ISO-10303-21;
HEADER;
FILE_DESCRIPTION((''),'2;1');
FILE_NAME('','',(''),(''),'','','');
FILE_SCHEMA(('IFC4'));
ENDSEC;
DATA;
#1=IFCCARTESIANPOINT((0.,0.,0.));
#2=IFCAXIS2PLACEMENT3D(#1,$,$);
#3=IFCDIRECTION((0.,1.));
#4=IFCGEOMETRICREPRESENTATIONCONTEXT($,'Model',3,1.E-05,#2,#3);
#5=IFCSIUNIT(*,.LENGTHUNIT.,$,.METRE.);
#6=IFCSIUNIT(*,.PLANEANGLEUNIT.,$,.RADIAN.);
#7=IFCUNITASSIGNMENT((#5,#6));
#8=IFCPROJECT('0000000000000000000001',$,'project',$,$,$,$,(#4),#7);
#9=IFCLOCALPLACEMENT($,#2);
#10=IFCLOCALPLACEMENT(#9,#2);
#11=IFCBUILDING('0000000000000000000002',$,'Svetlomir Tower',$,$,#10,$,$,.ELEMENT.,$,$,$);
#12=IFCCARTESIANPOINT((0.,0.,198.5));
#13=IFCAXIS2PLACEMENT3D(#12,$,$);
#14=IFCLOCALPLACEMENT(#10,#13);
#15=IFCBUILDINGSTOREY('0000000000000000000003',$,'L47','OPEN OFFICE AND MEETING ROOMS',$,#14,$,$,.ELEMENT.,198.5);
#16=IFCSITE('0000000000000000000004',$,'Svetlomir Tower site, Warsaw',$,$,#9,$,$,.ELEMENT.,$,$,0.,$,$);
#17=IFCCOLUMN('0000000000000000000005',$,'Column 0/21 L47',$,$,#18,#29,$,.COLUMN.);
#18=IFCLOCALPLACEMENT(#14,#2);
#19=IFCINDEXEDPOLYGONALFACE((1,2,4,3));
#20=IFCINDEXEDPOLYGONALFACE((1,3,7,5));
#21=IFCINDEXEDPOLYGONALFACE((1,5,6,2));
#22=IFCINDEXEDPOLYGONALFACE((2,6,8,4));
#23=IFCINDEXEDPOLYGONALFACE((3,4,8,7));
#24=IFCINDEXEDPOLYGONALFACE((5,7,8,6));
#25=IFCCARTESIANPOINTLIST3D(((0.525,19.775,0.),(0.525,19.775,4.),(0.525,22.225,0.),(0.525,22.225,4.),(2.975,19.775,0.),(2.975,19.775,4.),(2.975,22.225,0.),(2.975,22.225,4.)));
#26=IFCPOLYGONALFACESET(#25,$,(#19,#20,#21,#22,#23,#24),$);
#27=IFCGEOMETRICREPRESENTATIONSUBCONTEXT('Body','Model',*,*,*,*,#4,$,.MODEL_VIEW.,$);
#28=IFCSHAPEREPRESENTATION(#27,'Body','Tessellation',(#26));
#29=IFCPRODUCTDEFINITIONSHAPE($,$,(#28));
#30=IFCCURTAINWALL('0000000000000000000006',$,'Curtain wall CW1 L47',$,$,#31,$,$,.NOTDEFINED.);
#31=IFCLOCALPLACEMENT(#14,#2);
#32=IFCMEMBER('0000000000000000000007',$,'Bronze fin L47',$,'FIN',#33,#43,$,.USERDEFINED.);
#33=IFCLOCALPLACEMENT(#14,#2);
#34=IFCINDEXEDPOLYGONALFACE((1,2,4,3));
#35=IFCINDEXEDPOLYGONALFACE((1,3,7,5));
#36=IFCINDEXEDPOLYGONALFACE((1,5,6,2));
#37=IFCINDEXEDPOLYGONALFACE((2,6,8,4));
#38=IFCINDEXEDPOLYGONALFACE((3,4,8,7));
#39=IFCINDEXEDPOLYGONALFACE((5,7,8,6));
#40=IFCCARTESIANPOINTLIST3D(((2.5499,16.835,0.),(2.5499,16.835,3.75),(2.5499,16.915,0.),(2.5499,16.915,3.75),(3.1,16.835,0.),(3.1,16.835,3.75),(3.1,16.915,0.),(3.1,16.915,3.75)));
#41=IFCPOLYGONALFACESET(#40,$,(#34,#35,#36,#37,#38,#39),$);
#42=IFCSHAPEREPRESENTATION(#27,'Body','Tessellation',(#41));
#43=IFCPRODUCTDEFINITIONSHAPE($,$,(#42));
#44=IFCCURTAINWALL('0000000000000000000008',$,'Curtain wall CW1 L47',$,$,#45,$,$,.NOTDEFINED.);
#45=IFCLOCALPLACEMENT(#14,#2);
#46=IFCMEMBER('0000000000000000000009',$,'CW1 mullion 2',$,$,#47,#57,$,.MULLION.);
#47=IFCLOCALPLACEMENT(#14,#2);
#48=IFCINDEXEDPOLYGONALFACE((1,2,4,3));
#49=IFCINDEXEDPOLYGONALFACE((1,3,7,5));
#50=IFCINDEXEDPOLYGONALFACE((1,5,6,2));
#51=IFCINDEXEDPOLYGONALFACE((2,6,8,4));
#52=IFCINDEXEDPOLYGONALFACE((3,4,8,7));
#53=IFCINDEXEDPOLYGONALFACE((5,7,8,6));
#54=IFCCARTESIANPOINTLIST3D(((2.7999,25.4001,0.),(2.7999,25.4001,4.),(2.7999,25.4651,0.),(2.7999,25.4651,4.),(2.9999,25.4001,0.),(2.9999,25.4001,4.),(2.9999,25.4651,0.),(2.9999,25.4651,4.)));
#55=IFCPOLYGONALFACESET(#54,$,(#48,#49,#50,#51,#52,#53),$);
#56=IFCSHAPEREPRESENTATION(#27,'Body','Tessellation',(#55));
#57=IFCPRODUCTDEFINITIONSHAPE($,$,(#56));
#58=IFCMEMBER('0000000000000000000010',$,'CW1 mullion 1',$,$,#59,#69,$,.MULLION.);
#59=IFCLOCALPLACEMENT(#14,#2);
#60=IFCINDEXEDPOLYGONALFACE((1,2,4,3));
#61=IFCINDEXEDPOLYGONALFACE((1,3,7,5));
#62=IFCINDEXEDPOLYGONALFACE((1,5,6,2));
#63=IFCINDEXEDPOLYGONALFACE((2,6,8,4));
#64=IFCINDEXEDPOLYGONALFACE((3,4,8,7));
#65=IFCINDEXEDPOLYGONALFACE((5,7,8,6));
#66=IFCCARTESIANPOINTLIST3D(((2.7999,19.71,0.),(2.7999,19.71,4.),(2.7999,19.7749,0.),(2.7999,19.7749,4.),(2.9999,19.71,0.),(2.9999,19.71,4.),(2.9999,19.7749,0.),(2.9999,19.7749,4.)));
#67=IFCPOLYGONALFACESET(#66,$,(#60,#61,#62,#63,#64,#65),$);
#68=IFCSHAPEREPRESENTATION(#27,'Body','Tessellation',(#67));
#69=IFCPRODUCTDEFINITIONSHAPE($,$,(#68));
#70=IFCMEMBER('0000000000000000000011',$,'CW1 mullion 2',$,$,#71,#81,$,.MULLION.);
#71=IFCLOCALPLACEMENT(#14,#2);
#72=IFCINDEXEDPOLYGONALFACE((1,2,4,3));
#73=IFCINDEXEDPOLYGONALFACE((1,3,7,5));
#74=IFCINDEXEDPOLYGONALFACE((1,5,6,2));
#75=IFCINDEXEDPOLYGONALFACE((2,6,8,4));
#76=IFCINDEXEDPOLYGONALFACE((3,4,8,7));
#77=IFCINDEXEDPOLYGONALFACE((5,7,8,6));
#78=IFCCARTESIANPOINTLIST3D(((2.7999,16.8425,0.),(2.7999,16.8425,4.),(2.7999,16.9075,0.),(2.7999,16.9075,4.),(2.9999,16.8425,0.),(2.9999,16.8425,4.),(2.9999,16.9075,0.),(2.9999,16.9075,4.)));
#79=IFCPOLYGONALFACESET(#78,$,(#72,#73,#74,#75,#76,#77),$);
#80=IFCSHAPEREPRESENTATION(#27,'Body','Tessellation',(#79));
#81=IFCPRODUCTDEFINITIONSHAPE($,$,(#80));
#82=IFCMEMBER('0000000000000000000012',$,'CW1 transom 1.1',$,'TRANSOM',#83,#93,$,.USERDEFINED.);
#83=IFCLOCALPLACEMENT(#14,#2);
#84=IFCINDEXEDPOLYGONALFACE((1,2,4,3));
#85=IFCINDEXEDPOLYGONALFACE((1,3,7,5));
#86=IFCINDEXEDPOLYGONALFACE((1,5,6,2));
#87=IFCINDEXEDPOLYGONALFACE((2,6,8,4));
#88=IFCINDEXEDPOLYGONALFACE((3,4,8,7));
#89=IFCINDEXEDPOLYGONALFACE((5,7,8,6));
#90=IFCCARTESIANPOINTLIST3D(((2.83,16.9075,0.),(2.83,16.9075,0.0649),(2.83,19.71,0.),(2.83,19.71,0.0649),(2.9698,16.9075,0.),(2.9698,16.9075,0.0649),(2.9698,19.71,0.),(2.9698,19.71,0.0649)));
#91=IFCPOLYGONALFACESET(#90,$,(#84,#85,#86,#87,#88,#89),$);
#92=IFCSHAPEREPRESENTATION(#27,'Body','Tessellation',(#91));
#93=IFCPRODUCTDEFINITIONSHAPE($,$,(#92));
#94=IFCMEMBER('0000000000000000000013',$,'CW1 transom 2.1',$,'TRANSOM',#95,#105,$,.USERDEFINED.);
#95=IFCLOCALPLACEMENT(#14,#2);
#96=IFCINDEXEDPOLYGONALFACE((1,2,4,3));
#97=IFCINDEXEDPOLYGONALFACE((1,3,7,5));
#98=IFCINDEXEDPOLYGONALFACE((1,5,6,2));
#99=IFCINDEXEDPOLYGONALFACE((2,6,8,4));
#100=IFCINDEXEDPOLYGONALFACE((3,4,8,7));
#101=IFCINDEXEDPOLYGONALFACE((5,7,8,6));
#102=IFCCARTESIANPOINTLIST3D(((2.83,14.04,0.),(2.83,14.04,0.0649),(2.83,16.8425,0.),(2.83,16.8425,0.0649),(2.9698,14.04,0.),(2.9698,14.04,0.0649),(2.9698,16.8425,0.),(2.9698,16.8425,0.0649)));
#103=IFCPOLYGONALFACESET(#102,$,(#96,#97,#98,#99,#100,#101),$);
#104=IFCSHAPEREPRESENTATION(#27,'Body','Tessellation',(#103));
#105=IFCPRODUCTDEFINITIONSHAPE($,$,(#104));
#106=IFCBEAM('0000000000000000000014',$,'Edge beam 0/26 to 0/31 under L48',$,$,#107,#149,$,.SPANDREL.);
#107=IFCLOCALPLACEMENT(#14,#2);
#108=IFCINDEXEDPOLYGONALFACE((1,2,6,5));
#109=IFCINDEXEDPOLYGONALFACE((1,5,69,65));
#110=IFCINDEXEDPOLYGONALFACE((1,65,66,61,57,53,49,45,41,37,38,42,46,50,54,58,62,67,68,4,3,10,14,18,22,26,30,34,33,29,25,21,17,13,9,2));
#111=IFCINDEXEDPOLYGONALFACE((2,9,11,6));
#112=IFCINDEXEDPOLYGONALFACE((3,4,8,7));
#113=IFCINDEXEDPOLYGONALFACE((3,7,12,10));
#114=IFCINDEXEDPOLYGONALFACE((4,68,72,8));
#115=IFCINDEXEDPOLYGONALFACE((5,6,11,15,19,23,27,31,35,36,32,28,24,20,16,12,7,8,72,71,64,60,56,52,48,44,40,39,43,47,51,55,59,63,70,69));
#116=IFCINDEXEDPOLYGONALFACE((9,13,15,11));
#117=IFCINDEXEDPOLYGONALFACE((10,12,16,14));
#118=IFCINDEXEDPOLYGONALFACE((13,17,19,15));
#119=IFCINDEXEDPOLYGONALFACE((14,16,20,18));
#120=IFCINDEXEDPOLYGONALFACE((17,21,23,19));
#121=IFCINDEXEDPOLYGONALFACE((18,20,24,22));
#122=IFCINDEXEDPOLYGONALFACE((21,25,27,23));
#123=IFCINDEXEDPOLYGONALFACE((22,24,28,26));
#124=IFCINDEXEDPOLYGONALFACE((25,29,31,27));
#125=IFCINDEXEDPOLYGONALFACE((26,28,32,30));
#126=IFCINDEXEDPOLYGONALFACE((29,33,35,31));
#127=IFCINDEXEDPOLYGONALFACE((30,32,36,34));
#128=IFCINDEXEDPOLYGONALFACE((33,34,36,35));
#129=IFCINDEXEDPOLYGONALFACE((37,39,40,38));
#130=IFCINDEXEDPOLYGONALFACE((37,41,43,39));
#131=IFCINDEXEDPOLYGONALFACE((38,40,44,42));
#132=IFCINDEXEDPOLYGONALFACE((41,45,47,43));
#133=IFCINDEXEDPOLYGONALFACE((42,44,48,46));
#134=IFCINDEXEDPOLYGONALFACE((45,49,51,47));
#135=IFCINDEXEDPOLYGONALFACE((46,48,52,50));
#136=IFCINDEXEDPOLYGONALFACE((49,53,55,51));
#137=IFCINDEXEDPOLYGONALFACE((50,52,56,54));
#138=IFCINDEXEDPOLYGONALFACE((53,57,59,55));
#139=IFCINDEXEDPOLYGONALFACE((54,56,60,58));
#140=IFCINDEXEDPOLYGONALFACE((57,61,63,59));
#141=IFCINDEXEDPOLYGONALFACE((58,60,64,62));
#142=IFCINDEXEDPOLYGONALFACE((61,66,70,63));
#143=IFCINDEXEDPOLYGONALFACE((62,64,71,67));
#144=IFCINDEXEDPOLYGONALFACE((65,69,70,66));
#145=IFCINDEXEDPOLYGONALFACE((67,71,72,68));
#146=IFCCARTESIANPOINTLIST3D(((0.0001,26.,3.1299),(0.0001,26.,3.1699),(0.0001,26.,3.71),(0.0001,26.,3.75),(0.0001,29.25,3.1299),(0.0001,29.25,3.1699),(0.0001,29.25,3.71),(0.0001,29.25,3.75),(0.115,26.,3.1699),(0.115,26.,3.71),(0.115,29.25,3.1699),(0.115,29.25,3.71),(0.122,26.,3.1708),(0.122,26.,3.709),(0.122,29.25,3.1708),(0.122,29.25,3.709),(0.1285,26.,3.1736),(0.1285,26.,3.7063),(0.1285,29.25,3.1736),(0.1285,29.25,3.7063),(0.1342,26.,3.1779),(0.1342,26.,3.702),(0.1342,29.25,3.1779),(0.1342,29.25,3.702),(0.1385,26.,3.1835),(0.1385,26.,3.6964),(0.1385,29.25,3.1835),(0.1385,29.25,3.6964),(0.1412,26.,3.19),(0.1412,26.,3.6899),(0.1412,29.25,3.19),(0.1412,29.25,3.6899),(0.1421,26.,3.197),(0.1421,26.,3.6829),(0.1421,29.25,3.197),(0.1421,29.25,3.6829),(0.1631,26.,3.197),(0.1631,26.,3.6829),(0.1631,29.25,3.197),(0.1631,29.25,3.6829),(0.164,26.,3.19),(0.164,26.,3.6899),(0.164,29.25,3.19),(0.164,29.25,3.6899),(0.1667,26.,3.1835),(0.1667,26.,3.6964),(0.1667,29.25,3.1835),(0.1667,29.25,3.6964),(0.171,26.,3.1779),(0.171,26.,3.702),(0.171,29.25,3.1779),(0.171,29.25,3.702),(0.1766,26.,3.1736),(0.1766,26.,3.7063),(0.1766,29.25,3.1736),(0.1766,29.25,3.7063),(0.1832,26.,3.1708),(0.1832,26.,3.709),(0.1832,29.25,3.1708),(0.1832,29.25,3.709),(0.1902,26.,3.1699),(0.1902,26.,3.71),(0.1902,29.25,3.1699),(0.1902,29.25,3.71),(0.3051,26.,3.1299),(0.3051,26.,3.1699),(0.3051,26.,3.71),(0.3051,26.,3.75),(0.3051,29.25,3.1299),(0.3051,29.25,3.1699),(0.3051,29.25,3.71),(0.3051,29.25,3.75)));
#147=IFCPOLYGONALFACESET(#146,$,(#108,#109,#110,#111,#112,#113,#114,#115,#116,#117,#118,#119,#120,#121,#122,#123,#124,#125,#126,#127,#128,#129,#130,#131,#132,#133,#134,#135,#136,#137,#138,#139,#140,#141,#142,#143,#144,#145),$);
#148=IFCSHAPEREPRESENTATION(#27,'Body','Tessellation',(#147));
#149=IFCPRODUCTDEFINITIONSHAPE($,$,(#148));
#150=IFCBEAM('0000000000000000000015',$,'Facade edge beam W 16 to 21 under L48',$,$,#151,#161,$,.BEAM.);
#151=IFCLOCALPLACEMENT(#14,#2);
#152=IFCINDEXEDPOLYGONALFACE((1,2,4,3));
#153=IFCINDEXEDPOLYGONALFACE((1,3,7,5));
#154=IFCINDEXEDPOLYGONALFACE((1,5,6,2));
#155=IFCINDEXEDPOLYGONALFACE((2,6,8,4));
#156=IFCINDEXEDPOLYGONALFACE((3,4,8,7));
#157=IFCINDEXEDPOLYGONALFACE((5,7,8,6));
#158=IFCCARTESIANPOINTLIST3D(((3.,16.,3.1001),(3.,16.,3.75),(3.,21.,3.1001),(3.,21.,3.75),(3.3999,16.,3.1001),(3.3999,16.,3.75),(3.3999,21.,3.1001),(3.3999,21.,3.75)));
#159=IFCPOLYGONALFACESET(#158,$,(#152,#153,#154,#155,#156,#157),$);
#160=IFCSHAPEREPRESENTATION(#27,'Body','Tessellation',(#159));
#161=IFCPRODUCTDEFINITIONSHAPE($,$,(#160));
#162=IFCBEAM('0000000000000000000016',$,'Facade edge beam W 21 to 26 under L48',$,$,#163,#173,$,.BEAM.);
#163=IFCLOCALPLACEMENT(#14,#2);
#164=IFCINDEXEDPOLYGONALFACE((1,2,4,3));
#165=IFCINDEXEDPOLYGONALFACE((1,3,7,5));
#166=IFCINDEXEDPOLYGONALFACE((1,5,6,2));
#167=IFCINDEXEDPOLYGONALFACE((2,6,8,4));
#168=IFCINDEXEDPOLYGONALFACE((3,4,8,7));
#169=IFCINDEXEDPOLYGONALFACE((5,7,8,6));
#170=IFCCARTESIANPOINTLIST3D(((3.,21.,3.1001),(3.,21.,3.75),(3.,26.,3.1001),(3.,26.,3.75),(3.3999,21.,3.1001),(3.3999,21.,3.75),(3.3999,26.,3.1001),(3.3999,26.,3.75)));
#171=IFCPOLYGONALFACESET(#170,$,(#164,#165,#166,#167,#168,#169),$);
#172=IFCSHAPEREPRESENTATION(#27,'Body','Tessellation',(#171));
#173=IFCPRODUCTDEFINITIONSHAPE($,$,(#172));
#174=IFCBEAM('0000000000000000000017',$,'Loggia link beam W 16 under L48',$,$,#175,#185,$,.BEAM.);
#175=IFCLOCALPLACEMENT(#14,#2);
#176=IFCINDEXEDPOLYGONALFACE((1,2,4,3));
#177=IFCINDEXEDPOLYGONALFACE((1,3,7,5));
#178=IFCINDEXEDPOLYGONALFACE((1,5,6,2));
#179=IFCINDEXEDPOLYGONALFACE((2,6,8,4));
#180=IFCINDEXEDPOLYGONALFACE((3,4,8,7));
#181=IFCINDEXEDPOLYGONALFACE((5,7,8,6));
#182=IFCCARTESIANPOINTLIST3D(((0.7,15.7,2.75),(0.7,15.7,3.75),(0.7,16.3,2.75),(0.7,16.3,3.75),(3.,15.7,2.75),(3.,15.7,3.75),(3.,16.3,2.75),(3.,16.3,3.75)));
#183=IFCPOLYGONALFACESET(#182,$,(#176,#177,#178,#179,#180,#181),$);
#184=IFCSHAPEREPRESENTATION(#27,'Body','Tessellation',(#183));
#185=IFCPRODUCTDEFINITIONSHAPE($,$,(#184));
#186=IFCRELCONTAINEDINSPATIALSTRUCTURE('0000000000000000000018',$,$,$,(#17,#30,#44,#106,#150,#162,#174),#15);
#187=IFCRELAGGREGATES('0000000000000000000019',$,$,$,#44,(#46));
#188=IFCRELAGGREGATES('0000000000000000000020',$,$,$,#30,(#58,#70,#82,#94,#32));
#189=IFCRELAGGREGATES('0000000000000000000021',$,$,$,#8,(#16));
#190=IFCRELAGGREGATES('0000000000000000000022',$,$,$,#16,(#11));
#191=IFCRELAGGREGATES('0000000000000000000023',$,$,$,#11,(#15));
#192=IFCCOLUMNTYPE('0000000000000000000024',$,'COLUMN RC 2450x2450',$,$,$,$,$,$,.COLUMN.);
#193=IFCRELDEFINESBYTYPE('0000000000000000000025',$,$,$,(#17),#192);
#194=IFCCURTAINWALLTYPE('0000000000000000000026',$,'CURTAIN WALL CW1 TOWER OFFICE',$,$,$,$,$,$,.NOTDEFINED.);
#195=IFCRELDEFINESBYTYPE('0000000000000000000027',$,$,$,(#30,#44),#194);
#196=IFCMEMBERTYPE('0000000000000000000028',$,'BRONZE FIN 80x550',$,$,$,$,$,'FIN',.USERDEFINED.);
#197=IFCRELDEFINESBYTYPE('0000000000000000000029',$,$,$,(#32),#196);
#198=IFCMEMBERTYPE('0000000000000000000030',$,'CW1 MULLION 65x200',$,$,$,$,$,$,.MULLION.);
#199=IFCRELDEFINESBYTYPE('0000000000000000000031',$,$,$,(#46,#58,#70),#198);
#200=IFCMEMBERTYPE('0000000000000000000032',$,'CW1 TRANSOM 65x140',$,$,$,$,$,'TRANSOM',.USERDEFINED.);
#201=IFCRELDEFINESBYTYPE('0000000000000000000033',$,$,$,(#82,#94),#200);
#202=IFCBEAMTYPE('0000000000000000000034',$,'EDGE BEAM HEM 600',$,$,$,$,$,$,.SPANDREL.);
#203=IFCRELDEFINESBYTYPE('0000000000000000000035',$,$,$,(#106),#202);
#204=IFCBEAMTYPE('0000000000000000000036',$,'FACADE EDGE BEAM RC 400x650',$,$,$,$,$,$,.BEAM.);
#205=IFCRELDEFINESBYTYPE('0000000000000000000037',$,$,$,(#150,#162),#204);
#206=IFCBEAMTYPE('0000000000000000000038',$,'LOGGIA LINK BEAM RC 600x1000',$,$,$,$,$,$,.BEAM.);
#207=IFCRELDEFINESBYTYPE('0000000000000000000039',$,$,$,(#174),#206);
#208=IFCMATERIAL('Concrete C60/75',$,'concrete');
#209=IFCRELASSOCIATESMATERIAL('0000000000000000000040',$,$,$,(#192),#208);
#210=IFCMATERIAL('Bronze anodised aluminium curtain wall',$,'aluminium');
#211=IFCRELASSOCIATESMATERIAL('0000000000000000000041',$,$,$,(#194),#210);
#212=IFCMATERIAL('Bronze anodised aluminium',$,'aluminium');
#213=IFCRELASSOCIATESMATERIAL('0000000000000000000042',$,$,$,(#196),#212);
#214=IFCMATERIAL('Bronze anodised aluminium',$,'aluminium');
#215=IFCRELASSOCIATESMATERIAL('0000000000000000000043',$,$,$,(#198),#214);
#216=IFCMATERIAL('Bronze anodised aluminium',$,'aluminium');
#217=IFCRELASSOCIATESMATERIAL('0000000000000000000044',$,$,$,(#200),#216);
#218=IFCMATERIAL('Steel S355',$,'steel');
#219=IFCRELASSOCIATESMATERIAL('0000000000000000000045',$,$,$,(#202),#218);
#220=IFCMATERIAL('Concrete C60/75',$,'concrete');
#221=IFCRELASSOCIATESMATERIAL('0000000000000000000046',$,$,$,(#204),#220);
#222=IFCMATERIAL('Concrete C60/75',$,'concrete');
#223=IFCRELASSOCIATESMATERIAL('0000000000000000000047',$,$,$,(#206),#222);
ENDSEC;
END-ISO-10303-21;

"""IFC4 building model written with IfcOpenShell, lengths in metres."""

from ifc_helpers import new_model, si_unit, direction, frame, origin, origin_2d, place, context, subcontext, project, spatial, rectangle, i_section, extrude, material, material_profile, profile_set, type_object, element, aggregate, save


model = new_model("IFC4")

# Units and contexts
model_context = context("Model", 3, precision=1e-05, world=origin(), true_north=direction((0.0, 1.0)))
body_context = subcontext(model_context, "Body", "Model", "MODEL_VIEW")
ifc_project = project(units=[si_unit("LENGTHUNIT", "METRE"), si_unit("PLANEANGLEUNIT", "RADIAN")], contexts=[model_context])

# Site, building, storey
site_placement = place(None, origin())
site = spatial("IfcSite", under=ifc_project, at=site_placement, Name="Svetlomir Tower site, Warsaw", CompositionType="ELEMENT", RefElevation=0.0)
building_placement = place(site_placement, origin())
building = spatial("IfcBuilding", under=site, at=building_placement, Name="Svetlomir Tower", CompositionType="ELEMENT")
storey_placement = place(building_placement, frame((0.0, 0.0, 198.5)))
storey = spatial("IfcBuildingStorey", under=building, at=storey_placement, Name="L47", Description="OPEN OFFICE AND MEETING ROOMS", CompositionType="ELEMENT", Elevation=198.5)

# Column
ifc_material_1 = material(Name="Concrete C60/75", Category="concrete")
ifc_material_profile_1 = material_profile(ifc_material_1, rectangle(XDim=2.45, YDim=2.45, at=origin_2d()), Name="RC 2450x2450")
ifc_profile_set_1 = profile_set([ifc_material_profile_1], Name="Concrete C60/75")
column_type = type_object("IfcColumnType", Name="COLUMN RC 2450x2450", PredefinedType="COLUMN", material=ifc_profile_set_1)
column_placement = place(storey_placement, frame((1.75, 21.0, 0.0), z_axis=(0.0, 0.0, 1.0), x_axis=(1.0, 0.0, 0.0)))
element("IfcColumn", 1, at=column_placement, inside=storey, type_object=column_type, Name="Column 0/21 L47", PredefinedType="COLUMN", context=body_context, shape_type="SweptSolid", body=[
    extrude(rectangle(XDim=2.45, YDim=2.45, at=origin_2d()), origin(), (0.0, 0.0, 1.0), 4.0),
])

# Curtain walls, members
ifc_material_2 = material(Name="Bronze anodised aluminium curtain wall", Category="aluminium")
curtain_wall_type = type_object("IfcCurtainWallType", Name="CURTAIN WALL CW1 TOWER OFFICE", PredefinedType="NOTDEFINED", material=ifc_material_2)
curtain_wall_1_placement = place(storey_placement, origin())
curtain_wall_1 = element("IfcCurtainWall", 2, at=curtain_wall_1_placement, inside=storey, type_object=curtain_wall_type, Name="Curtain wall CW1 L47", PredefinedType="NOTDEFINED")
ifc_material_3 = material(Name="Bronze anodised aluminium", Category="aluminium")
ifc_material_profile_2 = material_profile(ifc_material_3, rectangle(XDim=0.0801, YDim=0.55, at=origin_2d()), Name="FIN 80x550")
ifc_profile_set_2 = profile_set([ifc_material_profile_2], Name="Bronze anodised aluminium 6063-T6")
member_type_1 = type_object("IfcMemberType", Name="BRONZE FIN 80x550", ElementType="FIN", PredefinedType="USERDEFINED", material=ifc_profile_set_2)
member_1_placement = place(storey_placement, frame((2.825, 16.875, 0.0), z_axis=(0.0, 0.0, 1.0), x_axis=(0.0, 1.0, 0.0)))
member_1 = element("IfcMember", 3, at=member_1_placement, type_object=member_type_1, Name="Bronze fin L47", ObjectType="FIN", PredefinedType="USERDEFINED", context=body_context, shape_type="SweptSolid", body=[
    extrude(rectangle(XDim=0.0801, YDim=0.55, at=origin_2d()), origin(), (0.0, 0.0, 1.0), 3.75),
])
curtain_wall_2_placement = place(storey_placement, origin())
curtain_wall_2 = element("IfcCurtainWall", 4, at=curtain_wall_2_placement, inside=storey, type_object=curtain_wall_type, Name="Curtain wall CW1 L47", PredefinedType="NOTDEFINED")
ifc_material_4 = material(Name="Bronze anodised aluminium", Category="aluminium")
ifc_material_profile_3 = material_profile(ifc_material_4, rectangle(XDim=0.0649, YDim=0.2, at=origin_2d()), Name="AL 65x200")
ifc_profile_set_3 = profile_set([ifc_material_profile_3], Name="Bronze anodised aluminium 6063-T6")
member_type_2 = type_object("IfcMemberType", Name="CW1 MULLION 65x200", PredefinedType="MULLION", material=ifc_profile_set_3)
member_2_placement = place(storey_placement, frame((2.8999, 25.4326, 0.0), z_axis=(0.0, 0.0, 1.0), x_axis=(0.0, -1.0, 0.0)))
member_2 = element("IfcMember", 5, at=member_2_placement, type_object=member_type_2, Name="CW1 mullion 2", PredefinedType="MULLION", context=body_context, shape_type="SweptSolid", body=[
    extrude(rectangle(XDim=0.0649, YDim=0.2, at=origin_2d()), origin(), (0.0, 0.0, 1.0), 4.0),
])
aggregate(curtain_wall_2, [member_2])

# Members
member_3_placement = place(storey_placement, frame((2.8999, 19.7424, 0.0), z_axis=(0.0, 0.0, 1.0), x_axis=(0.0, -1.0, 0.0)))
member_3 = element("IfcMember", 6, at=member_3_placement, type_object=member_type_2, Name="CW1 mullion 1", PredefinedType="MULLION", context=body_context, shape_type="SweptSolid", body=[
    extrude(rectangle(XDim=0.0649, YDim=0.2, at=origin_2d()), origin(), (0.0, 0.0, 1.0), 4.0),
])
member_4_placement = place(storey_placement, frame((2.8999, 16.875, 0.0), z_axis=(0.0, 0.0, 1.0), x_axis=(0.0, -1.0, 0.0)))
member_4 = element("IfcMember", 7, at=member_4_placement, type_object=member_type_2, Name="CW1 mullion 2", PredefinedType="MULLION", context=body_context, shape_type="SweptSolid", body=[
    extrude(rectangle(XDim=0.0649, YDim=0.2, at=origin_2d()), origin(), (0.0, 0.0, 1.0), 4.0),
])
ifc_material_5 = material(Name="Bronze anodised aluminium", Category="aluminium")
ifc_material_profile_4 = material_profile(ifc_material_5, rectangle(XDim=0.1399, YDim=0.0649, at=origin_2d()), Name="AL 140x65")
ifc_profile_set_4 = profile_set([ifc_material_profile_4], Name="Bronze anodised aluminium 6063-T6")
member_type_3 = type_object("IfcMemberType", Name="CW1 TRANSOM 65x140", ElementType="TRANSOM", PredefinedType="USERDEFINED", material=ifc_profile_set_4)
member_5_placement = place(storey_placement, frame((2.8999, 19.71, 0.0325), z_axis=(0.0, -1.0, 0.0), x_axis=(1.0, 0.0, 0.0)))
member_5 = element("IfcMember", 8, at=member_5_placement, type_object=member_type_3, Name="CW1 transom 1.1", ObjectType="TRANSOM", PredefinedType="USERDEFINED", context=body_context, shape_type="SweptSolid", body=[
    extrude(rectangle(XDim=0.1399, YDim=0.0649, at=origin_2d()), origin(), (0.0, 0.0, 1.0), 2.8025),
])
member_6_placement = place(storey_placement, frame((2.8999, 16.8425, 0.0325), z_axis=(0.0, -1.0, 0.0), x_axis=(1.0, 0.0, 0.0)))
member_6 = element("IfcMember", 9, at=member_6_placement, type_object=member_type_3, Name="CW1 transom 2.1", ObjectType="TRANSOM", PredefinedType="USERDEFINED", context=body_context, shape_type="SweptSolid", body=[
    extrude(rectangle(XDim=0.1399, YDim=0.0649, at=origin_2d()), origin(), (0.0, 0.0, 1.0), 2.8025),
])

# Beams
ifc_material_6 = material(Name="Steel S355", Category="steel")
ifc_material_profile_5 = material_profile(ifc_material_6, i_section(OverallWidth=0.3049, OverallDepth=0.6201, WebThickness=0.021, FlangeThickness=0.04, FilletRadius=0.0271, at=origin_2d()), Name="HEM 600")
ifc_profile_set_5 = profile_set([ifc_material_profile_5], Name="Steel S355")
beam_type_1 = type_object("IfcBeamType", Name="EDGE BEAM HEM 600", PredefinedType="SPANDREL", material=ifc_profile_set_5)
beam_1_placement = place(storey_placement, frame((0.1526, 26.0, 3.4399), z_axis=(0.0, 1.0, 0.0), x_axis=(-1.0, 0.0, 0.0)))
element("IfcBeam", 10, at=beam_1_placement, inside=storey, type_object=beam_type_1, Name="Edge beam 0/26 to 0/31 under L48", PredefinedType="SPANDREL", context=body_context, shape_type="SweptSolid", body=[
    extrude(i_section(OverallWidth=0.3049, OverallDepth=0.6201, WebThickness=0.021, FlangeThickness=0.04, FilletRadius=0.0271, at=origin_2d()), origin(), (0.0, 0.0, 1.0), 3.25),
])
ifc_material_7 = material(Name="Concrete C60/75", Category="concrete")
ifc_material_profile_6 = material_profile(ifc_material_7, rectangle(XDim=0.3999, YDim=0.6499, at=origin_2d()), Name="RC 400x650")
ifc_profile_set_6 = profile_set([ifc_material_profile_6], Name="Concrete C60/75")
beam_type_2 = type_object("IfcBeamType", Name="FACADE EDGE BEAM RC 400x650", PredefinedType="BEAM", material=ifc_profile_set_6)
for number, where, z_axis, x_axis, name in (
    (11, (3.2, 16.0, 3.425), (0.0, 1.0, 0.0), (-1.0, 0.0, 0.0), "Facade edge beam W 16 to 21 under L48"),
    (12, (3.2, 21.0, 3.425), (0.0, 1.0, 0.0), (-1.0, 0.0, 0.0), "Facade edge beam W 21 to 26 under L48"),
):
    element("IfcBeam", number, at=place(storey_placement, frame(where, z_axis=z_axis, x_axis=x_axis)), inside=storey, type_object=beam_type_2, Name=name, PredefinedType="BEAM", context=body_context, shape_type="SweptSolid", body=[
        extrude(rectangle(XDim=0.3999, YDim=0.6499, at=origin_2d()), origin(), (0.0, 0.0, 1.0), 5.0),
    ])
ifc_material_8 = material(Name="Concrete C60/75", Category="concrete")
ifc_material_profile_7 = material_profile(ifc_material_8, rectangle(XDim=0.6001, YDim=1.0, at=origin_2d()), Name="RC 600x1000")
ifc_profile_set_7 = profile_set([ifc_material_profile_7], Name="Concrete C60/75")
beam_type_3 = type_object("IfcBeamType", Name="LOGGIA LINK BEAM RC 600x1000", PredefinedType="BEAM", material=ifc_profile_set_7)
beam_2_placement = place(storey_placement, frame((0.7, 16.0, 3.25), z_axis=(1.0, 0.0, 0.0), x_axis=(0.0, 1.0, 0.0)))
element("IfcBeam", 13, at=beam_2_placement, inside=storey, type_object=beam_type_3, Name="Loggia link beam W 16 under L48", PredefinedType="BEAM", context=body_context, shape_type="SweptSolid", body=[
    extrude(rectangle(XDim=0.6001, YDim=1.0, at=origin_2d()), origin(), (0.0, 0.0, 1.0), 2.3),
])

aggregate(curtain_wall_1, [member_3, member_4, member_5, member_6, member_1])

save(model, "model.ifc")
